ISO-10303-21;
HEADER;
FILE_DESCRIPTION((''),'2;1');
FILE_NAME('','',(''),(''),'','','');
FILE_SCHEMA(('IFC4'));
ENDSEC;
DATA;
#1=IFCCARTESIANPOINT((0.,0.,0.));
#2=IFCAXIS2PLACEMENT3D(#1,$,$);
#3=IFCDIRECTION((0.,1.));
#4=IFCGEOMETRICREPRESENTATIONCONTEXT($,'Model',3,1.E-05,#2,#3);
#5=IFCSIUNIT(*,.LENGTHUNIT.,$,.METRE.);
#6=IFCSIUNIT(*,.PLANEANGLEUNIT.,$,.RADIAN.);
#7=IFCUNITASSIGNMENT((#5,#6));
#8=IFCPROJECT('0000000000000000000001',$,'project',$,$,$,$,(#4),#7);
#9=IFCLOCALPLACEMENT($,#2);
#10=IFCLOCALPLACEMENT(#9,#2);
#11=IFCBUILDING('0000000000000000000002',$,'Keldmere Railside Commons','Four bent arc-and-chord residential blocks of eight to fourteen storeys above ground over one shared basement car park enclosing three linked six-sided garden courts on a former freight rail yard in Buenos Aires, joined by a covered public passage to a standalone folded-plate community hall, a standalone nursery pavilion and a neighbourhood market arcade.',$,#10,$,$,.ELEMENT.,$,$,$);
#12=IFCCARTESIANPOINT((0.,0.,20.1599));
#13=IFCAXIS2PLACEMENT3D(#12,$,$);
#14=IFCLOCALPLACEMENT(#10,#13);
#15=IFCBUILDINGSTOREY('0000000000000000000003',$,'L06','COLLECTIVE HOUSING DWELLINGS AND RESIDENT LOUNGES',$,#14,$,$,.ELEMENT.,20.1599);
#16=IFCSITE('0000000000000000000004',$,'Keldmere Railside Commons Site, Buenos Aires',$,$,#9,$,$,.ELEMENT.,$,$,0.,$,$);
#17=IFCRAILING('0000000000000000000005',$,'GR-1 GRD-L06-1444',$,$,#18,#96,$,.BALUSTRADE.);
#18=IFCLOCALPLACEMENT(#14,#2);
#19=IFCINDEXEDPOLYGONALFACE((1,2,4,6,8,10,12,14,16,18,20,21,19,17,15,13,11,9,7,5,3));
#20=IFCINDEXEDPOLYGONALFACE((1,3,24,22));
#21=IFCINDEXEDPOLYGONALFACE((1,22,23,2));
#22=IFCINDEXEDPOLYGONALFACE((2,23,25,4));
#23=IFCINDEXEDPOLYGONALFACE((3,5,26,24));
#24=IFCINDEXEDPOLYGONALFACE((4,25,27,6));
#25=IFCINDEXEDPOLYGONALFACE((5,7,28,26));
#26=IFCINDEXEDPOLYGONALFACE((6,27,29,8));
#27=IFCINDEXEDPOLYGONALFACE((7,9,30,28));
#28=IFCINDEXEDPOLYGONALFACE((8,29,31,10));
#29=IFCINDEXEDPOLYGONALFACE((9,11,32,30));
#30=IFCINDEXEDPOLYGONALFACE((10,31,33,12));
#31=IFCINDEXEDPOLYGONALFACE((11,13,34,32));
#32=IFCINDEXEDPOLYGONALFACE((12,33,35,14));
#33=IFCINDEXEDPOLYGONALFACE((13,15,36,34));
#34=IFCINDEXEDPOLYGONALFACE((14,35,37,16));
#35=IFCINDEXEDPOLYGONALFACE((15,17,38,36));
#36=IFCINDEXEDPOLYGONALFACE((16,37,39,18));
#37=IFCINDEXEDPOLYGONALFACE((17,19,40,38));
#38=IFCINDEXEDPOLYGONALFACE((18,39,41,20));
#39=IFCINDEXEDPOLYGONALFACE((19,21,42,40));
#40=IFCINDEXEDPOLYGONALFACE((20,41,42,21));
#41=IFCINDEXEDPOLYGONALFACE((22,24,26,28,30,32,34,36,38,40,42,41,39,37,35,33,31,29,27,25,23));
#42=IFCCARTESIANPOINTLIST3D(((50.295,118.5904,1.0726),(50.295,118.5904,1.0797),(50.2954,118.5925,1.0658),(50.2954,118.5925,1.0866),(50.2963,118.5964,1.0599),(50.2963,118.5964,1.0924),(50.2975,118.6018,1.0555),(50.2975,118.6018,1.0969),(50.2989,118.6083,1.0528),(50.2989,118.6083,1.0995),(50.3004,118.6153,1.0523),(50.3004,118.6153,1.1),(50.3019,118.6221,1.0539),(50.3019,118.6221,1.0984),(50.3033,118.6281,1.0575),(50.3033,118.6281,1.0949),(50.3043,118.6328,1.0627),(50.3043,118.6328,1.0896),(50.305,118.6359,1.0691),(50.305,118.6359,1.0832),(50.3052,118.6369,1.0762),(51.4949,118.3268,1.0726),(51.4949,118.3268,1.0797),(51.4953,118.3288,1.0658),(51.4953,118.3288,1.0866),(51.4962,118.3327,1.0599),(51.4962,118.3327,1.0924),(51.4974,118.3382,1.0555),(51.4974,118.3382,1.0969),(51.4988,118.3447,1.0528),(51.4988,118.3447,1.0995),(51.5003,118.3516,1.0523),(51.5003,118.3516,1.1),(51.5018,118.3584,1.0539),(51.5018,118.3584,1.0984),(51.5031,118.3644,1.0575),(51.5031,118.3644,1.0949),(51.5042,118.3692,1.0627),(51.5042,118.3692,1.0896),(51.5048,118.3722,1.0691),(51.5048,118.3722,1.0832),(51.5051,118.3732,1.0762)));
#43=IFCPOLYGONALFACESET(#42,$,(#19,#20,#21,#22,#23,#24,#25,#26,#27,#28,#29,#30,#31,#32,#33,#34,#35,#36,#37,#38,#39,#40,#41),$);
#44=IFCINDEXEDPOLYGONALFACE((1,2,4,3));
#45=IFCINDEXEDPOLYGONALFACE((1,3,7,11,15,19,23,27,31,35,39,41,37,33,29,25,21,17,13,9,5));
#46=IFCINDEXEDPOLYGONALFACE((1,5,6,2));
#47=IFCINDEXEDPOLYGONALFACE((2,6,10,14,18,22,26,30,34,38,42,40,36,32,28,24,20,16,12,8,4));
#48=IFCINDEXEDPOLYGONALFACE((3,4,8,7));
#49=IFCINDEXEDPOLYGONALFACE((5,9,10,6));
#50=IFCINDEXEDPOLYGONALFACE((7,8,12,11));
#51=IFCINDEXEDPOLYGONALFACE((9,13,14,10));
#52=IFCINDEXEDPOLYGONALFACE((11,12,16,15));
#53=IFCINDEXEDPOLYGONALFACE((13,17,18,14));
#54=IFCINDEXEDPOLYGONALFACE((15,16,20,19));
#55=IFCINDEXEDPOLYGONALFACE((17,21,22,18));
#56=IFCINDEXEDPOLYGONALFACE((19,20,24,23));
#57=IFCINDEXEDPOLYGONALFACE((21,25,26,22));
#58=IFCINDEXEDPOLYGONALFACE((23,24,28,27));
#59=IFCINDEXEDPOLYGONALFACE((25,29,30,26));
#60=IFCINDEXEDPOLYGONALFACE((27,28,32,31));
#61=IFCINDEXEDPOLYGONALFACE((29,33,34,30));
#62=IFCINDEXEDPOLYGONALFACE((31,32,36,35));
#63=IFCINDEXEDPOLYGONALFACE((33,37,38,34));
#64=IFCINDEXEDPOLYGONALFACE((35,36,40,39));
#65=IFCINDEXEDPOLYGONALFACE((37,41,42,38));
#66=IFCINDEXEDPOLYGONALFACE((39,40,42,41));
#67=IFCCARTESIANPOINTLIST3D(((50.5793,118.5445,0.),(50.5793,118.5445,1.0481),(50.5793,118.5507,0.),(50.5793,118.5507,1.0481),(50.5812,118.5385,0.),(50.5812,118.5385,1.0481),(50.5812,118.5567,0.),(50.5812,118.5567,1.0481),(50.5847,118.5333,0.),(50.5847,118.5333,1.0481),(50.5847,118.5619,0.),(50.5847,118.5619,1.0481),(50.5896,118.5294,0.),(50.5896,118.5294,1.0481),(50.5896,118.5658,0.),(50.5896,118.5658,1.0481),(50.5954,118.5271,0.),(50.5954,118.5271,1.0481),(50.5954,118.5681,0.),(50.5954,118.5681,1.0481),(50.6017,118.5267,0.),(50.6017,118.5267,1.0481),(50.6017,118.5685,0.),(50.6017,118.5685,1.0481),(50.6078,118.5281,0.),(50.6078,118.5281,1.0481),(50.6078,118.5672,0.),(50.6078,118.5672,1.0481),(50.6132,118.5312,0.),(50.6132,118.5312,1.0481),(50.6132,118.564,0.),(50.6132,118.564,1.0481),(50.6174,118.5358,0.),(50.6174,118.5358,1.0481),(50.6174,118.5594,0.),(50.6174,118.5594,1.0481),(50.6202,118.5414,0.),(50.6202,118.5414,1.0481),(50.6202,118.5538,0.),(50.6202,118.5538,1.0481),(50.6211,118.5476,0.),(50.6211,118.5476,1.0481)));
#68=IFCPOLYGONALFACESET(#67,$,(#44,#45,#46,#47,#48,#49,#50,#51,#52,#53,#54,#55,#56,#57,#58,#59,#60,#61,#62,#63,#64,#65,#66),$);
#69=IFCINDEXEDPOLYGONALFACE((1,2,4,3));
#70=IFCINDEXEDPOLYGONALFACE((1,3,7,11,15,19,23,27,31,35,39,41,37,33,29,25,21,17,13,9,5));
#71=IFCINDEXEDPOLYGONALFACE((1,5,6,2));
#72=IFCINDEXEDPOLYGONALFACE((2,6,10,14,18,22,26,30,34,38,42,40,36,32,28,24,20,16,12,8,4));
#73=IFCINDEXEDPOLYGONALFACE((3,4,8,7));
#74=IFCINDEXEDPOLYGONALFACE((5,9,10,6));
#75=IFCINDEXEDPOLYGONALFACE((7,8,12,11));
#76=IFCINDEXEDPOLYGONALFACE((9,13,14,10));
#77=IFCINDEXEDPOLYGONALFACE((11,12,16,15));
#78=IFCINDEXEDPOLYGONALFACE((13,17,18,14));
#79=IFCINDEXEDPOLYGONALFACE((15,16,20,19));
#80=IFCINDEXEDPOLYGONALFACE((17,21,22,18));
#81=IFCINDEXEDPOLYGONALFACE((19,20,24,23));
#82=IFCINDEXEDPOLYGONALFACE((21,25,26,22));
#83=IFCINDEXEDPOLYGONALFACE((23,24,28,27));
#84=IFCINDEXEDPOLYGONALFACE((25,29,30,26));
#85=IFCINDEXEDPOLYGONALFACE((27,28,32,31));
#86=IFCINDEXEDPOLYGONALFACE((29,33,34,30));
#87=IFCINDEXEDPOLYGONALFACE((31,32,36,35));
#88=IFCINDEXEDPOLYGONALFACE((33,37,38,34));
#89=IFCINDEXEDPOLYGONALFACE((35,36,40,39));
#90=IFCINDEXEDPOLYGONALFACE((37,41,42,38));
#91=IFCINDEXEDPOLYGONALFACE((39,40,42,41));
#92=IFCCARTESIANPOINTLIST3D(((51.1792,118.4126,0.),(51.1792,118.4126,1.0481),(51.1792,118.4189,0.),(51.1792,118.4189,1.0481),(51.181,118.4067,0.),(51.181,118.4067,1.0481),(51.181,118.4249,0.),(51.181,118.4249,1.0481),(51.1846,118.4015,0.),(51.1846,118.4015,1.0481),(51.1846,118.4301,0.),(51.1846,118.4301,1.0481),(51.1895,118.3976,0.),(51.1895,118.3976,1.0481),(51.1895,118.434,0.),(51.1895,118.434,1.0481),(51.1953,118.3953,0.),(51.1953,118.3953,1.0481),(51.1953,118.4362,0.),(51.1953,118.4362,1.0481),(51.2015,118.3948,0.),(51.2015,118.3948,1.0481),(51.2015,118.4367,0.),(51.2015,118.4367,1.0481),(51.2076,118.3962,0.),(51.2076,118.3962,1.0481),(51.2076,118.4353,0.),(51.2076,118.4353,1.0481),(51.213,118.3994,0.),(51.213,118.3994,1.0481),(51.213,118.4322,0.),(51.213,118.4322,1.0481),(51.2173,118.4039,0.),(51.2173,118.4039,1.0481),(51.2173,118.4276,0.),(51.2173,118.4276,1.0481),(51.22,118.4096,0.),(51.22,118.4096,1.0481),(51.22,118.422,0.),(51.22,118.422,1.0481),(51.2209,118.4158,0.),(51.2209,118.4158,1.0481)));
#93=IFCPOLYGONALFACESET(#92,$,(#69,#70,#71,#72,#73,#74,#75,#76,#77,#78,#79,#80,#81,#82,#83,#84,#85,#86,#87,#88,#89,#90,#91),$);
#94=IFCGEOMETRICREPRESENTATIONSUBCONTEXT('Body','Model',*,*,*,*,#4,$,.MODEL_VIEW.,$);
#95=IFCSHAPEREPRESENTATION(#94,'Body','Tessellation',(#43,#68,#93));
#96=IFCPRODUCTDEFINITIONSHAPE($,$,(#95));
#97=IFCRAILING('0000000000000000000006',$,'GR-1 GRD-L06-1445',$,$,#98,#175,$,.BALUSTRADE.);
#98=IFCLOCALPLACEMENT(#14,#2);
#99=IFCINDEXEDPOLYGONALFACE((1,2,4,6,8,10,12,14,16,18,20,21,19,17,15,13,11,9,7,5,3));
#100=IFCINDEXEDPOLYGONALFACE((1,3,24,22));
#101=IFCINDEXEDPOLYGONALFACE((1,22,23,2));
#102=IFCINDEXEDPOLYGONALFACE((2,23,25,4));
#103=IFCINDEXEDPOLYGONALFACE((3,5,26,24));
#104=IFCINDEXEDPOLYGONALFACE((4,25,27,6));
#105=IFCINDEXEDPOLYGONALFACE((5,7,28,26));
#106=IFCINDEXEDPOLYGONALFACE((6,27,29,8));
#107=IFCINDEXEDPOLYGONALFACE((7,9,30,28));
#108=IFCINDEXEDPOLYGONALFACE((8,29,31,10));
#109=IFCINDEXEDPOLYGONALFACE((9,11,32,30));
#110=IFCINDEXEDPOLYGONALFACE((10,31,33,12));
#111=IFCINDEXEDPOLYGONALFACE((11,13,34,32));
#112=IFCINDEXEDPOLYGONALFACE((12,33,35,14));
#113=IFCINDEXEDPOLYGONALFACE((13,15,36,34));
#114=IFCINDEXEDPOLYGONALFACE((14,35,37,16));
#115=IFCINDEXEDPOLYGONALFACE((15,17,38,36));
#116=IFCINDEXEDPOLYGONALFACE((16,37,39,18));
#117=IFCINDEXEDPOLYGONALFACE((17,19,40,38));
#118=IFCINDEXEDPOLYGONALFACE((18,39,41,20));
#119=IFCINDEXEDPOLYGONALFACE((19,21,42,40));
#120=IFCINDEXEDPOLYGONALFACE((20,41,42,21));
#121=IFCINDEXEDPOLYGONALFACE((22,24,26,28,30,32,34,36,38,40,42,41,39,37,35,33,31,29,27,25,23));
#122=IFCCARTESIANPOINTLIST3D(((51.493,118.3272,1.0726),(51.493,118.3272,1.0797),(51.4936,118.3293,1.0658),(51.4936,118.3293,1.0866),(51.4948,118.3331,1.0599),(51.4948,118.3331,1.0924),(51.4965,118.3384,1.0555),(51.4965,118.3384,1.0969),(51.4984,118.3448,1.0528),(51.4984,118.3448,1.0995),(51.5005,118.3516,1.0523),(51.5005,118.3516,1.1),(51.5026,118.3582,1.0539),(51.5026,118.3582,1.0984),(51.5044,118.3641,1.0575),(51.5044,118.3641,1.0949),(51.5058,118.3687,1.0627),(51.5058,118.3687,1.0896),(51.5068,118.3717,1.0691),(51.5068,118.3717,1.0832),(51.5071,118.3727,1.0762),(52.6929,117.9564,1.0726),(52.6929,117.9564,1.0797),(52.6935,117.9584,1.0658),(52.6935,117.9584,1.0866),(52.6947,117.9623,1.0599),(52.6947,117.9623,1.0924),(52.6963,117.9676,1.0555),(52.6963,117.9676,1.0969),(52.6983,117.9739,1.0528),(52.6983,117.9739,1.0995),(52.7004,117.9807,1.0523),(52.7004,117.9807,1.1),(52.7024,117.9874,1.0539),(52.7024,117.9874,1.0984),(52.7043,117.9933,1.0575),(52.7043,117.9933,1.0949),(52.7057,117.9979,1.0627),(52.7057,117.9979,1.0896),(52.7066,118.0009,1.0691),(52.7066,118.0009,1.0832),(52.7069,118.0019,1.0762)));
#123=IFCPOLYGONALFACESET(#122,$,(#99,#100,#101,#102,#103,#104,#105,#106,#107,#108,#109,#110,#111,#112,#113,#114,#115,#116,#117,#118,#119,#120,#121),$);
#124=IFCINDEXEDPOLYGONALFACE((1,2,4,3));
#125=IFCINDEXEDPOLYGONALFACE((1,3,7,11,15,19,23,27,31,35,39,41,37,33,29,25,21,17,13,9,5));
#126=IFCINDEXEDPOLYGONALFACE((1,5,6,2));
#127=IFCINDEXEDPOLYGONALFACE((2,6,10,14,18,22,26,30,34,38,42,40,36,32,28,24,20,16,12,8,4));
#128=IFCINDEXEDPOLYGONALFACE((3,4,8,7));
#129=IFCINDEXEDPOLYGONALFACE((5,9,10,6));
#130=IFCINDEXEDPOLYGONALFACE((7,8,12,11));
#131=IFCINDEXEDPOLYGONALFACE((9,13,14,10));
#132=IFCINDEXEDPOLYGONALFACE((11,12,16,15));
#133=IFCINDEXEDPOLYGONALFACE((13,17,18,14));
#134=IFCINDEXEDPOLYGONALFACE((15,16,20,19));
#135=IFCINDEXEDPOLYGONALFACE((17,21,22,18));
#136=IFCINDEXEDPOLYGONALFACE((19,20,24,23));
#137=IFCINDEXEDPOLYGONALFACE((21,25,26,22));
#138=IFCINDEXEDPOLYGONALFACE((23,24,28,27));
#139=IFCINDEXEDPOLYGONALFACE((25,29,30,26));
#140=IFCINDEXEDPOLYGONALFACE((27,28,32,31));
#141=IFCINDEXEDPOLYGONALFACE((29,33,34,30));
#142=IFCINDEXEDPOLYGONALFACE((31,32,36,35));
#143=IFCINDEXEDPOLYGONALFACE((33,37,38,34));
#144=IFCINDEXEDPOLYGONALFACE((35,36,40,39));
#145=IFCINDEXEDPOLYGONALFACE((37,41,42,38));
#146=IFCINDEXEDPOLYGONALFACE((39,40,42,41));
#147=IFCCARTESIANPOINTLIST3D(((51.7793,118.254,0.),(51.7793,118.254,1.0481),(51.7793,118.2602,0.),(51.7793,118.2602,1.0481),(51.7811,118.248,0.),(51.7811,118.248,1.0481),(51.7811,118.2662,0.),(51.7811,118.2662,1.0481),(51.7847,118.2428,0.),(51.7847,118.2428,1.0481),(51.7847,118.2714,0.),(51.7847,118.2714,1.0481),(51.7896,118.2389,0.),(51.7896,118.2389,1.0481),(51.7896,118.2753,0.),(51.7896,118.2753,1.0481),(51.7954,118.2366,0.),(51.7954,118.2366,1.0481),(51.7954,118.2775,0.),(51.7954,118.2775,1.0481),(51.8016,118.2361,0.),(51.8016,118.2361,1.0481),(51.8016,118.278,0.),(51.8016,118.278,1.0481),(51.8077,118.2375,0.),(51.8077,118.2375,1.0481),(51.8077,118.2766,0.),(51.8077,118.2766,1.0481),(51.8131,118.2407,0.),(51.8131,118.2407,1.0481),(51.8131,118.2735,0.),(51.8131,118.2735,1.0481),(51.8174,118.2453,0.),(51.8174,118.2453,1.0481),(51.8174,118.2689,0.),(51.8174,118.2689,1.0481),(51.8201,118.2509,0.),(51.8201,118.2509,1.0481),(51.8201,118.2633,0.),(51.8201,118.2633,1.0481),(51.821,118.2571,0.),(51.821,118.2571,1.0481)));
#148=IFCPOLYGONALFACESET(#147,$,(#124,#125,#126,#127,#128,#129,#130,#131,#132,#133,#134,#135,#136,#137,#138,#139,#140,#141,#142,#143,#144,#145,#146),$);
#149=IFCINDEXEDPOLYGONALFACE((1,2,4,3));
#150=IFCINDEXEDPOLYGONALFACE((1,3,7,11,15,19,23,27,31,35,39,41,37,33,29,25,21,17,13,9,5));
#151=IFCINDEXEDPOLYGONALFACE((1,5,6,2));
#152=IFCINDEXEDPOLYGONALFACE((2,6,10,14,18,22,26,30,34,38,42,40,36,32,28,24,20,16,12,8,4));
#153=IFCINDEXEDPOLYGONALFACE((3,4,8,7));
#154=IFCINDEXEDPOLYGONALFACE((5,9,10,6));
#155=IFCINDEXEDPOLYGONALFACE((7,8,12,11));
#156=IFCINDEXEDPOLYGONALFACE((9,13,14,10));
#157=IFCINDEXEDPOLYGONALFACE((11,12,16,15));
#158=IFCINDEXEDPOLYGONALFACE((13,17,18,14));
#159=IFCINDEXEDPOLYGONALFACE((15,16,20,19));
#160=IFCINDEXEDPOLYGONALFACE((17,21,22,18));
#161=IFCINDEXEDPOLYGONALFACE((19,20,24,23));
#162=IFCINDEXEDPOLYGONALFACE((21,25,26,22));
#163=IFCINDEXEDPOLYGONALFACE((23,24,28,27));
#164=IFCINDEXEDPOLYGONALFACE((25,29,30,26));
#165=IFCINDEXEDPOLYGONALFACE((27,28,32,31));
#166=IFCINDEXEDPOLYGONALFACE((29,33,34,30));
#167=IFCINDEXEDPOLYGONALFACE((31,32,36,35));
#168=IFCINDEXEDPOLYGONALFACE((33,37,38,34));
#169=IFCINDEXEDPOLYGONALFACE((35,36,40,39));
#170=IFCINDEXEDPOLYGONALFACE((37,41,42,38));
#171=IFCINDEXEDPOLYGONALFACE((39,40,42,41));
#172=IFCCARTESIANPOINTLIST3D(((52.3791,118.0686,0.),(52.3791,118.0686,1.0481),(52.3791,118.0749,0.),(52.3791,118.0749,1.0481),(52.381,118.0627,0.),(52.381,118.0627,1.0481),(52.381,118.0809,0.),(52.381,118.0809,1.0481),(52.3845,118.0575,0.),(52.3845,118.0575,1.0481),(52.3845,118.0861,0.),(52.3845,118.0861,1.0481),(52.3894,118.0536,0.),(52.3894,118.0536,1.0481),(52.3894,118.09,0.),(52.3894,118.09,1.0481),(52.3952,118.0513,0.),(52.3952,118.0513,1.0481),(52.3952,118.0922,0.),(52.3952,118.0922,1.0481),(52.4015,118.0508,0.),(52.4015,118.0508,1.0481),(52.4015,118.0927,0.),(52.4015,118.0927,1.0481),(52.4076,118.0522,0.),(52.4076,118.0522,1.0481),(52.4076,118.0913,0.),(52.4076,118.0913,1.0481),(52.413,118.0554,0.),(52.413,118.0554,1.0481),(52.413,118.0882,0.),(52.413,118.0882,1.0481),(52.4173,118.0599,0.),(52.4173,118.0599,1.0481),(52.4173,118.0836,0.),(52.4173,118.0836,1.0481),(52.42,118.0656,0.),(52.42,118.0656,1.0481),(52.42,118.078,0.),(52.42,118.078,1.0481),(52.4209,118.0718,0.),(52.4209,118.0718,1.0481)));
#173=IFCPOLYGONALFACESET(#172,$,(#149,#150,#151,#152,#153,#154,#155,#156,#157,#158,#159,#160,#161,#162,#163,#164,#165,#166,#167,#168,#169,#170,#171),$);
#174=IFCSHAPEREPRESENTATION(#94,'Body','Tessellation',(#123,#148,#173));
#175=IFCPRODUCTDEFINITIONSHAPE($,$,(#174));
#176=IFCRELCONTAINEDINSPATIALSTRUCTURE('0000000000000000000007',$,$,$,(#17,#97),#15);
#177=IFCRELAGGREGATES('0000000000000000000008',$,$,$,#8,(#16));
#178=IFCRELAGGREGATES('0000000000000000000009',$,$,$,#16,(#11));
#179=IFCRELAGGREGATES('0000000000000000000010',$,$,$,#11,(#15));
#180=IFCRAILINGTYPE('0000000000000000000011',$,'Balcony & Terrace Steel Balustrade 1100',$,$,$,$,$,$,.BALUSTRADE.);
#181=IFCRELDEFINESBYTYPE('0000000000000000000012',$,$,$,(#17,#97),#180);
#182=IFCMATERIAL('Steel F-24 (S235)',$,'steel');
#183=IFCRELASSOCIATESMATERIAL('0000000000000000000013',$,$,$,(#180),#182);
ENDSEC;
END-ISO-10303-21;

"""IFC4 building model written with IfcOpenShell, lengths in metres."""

from ifc_helpers import new_model, si_unit, direction, frame, origin, origin_2d, place, context, subcontext, project, spatial, circle, extrude, material, type_object, element, save


model = new_model("IFC4")

# Units and contexts
model_context = context("Model", 3, precision=1e-05, world=origin(), true_north=direction((0.0, 1.0)))
body_context = subcontext(model_context, "Body", "Model", "MODEL_VIEW")
ifc_project = project(units=[si_unit("LENGTHUNIT", "METRE"), si_unit("PLANEANGLEUNIT", "RADIAN")], contexts=[model_context])

# Site, building, storey
site_placement = place(None, origin())
site = spatial("IfcSite", under=ifc_project, at=site_placement, Name="Keldmere Railside Commons Site, Buenos Aires", CompositionType="ELEMENT", RefElevation=0.0)
building_placement = place(site_placement, origin())
building = spatial("IfcBuilding", under=site, at=building_placement, Name="Keldmere Railside Commons", Description="Four bent arc-and-chord residential blocks of eight to fourteen storeys above ground over one shared basement car park enclosing three linked six-sided garden courts on a former freight rail yard in Buenos Aires, joined by a covered public passage to a standalone folded-plate community hall, a standalone nursery pavilion and a neighbourhood market arcade.", CompositionType="ELEMENT")
storey_placement = place(building_placement, frame((0.0, 0.0, 20.1599)))
storey = spatial("IfcBuildingStorey", under=building, at=storey_placement, Name="L06", Description="COLLECTIVE HOUSING DWELLINGS AND RESIDENT LOUNGES", CompositionType="ELEMENT", Elevation=20.1599)

# Railings
ifc_material_1 = material(Name="Steel F-24 (S235)", Category="steel")
railing_type = type_object("IfcRailingType", Name="Balcony & Terrace Steel Balustrade 1100", PredefinedType="BALUSTRADE", material=ifc_material_1)
railing_1_placement = place(storey_placement, frame((50.3, 118.6135, 0.0)))
element("IfcRailing", 1, at=railing_1_placement, inside=storey, type_object=railing_type, Name="GR-1 GRD-L06-1444", PredefinedType="BALUSTRADE", context=body_context, shape_type="SweptSolid", body=[
    extrude(circle(Radius=0.0239, at=origin_2d()), frame((0.0, 0.0, 1.0762), z_axis=(0.976699, -0.214615, 0.0), x_axis=(0.214615, 0.976699, 0.0)), (0.0, 0.0, 1.0), 1.2285),
    extrude(circle(Radius=0.021, at=origin_2d()), frame((0.3, -0.0659, 0.0)), (0.0, 0.0, 1.0), 1.0481),
    extrude(circle(Radius=0.021, at=origin_2d()), frame((0.8999, -0.1978, 0.0)), (0.0, 0.0, 1.0), 1.0481),
])
railing_2_placement = place(storey_placement, frame((51.5, 118.3499, 0.0)))
element("IfcRailing", 2, at=railing_2_placement, inside=storey, type_object=railing_type, Name="GR-1 GRD-L06-1445", PredefinedType="BALUSTRADE", context=body_context, shape_type="SweptSolid", body=[
    extrude(circle(Radius=0.0239, at=origin_2d()), frame((0.0, 0.0, 1.0762), z_axis=(0.955413, -0.295274, 0.0), x_axis=(0.295274, 0.955413, 0.0)), (0.0, 0.0, 1.0), 1.2559),
    extrude(circle(Radius=0.021, at=origin_2d()), frame((0.3, -0.0928, 0.0)), (0.0, 0.0, 1.0), 1.0481),
    extrude(circle(Radius=0.021, at=origin_2d()), frame((0.8999, -0.2781, 0.0)), (0.0, 0.0, 1.0), 1.0481),
])

save(model, "model.ifc")
